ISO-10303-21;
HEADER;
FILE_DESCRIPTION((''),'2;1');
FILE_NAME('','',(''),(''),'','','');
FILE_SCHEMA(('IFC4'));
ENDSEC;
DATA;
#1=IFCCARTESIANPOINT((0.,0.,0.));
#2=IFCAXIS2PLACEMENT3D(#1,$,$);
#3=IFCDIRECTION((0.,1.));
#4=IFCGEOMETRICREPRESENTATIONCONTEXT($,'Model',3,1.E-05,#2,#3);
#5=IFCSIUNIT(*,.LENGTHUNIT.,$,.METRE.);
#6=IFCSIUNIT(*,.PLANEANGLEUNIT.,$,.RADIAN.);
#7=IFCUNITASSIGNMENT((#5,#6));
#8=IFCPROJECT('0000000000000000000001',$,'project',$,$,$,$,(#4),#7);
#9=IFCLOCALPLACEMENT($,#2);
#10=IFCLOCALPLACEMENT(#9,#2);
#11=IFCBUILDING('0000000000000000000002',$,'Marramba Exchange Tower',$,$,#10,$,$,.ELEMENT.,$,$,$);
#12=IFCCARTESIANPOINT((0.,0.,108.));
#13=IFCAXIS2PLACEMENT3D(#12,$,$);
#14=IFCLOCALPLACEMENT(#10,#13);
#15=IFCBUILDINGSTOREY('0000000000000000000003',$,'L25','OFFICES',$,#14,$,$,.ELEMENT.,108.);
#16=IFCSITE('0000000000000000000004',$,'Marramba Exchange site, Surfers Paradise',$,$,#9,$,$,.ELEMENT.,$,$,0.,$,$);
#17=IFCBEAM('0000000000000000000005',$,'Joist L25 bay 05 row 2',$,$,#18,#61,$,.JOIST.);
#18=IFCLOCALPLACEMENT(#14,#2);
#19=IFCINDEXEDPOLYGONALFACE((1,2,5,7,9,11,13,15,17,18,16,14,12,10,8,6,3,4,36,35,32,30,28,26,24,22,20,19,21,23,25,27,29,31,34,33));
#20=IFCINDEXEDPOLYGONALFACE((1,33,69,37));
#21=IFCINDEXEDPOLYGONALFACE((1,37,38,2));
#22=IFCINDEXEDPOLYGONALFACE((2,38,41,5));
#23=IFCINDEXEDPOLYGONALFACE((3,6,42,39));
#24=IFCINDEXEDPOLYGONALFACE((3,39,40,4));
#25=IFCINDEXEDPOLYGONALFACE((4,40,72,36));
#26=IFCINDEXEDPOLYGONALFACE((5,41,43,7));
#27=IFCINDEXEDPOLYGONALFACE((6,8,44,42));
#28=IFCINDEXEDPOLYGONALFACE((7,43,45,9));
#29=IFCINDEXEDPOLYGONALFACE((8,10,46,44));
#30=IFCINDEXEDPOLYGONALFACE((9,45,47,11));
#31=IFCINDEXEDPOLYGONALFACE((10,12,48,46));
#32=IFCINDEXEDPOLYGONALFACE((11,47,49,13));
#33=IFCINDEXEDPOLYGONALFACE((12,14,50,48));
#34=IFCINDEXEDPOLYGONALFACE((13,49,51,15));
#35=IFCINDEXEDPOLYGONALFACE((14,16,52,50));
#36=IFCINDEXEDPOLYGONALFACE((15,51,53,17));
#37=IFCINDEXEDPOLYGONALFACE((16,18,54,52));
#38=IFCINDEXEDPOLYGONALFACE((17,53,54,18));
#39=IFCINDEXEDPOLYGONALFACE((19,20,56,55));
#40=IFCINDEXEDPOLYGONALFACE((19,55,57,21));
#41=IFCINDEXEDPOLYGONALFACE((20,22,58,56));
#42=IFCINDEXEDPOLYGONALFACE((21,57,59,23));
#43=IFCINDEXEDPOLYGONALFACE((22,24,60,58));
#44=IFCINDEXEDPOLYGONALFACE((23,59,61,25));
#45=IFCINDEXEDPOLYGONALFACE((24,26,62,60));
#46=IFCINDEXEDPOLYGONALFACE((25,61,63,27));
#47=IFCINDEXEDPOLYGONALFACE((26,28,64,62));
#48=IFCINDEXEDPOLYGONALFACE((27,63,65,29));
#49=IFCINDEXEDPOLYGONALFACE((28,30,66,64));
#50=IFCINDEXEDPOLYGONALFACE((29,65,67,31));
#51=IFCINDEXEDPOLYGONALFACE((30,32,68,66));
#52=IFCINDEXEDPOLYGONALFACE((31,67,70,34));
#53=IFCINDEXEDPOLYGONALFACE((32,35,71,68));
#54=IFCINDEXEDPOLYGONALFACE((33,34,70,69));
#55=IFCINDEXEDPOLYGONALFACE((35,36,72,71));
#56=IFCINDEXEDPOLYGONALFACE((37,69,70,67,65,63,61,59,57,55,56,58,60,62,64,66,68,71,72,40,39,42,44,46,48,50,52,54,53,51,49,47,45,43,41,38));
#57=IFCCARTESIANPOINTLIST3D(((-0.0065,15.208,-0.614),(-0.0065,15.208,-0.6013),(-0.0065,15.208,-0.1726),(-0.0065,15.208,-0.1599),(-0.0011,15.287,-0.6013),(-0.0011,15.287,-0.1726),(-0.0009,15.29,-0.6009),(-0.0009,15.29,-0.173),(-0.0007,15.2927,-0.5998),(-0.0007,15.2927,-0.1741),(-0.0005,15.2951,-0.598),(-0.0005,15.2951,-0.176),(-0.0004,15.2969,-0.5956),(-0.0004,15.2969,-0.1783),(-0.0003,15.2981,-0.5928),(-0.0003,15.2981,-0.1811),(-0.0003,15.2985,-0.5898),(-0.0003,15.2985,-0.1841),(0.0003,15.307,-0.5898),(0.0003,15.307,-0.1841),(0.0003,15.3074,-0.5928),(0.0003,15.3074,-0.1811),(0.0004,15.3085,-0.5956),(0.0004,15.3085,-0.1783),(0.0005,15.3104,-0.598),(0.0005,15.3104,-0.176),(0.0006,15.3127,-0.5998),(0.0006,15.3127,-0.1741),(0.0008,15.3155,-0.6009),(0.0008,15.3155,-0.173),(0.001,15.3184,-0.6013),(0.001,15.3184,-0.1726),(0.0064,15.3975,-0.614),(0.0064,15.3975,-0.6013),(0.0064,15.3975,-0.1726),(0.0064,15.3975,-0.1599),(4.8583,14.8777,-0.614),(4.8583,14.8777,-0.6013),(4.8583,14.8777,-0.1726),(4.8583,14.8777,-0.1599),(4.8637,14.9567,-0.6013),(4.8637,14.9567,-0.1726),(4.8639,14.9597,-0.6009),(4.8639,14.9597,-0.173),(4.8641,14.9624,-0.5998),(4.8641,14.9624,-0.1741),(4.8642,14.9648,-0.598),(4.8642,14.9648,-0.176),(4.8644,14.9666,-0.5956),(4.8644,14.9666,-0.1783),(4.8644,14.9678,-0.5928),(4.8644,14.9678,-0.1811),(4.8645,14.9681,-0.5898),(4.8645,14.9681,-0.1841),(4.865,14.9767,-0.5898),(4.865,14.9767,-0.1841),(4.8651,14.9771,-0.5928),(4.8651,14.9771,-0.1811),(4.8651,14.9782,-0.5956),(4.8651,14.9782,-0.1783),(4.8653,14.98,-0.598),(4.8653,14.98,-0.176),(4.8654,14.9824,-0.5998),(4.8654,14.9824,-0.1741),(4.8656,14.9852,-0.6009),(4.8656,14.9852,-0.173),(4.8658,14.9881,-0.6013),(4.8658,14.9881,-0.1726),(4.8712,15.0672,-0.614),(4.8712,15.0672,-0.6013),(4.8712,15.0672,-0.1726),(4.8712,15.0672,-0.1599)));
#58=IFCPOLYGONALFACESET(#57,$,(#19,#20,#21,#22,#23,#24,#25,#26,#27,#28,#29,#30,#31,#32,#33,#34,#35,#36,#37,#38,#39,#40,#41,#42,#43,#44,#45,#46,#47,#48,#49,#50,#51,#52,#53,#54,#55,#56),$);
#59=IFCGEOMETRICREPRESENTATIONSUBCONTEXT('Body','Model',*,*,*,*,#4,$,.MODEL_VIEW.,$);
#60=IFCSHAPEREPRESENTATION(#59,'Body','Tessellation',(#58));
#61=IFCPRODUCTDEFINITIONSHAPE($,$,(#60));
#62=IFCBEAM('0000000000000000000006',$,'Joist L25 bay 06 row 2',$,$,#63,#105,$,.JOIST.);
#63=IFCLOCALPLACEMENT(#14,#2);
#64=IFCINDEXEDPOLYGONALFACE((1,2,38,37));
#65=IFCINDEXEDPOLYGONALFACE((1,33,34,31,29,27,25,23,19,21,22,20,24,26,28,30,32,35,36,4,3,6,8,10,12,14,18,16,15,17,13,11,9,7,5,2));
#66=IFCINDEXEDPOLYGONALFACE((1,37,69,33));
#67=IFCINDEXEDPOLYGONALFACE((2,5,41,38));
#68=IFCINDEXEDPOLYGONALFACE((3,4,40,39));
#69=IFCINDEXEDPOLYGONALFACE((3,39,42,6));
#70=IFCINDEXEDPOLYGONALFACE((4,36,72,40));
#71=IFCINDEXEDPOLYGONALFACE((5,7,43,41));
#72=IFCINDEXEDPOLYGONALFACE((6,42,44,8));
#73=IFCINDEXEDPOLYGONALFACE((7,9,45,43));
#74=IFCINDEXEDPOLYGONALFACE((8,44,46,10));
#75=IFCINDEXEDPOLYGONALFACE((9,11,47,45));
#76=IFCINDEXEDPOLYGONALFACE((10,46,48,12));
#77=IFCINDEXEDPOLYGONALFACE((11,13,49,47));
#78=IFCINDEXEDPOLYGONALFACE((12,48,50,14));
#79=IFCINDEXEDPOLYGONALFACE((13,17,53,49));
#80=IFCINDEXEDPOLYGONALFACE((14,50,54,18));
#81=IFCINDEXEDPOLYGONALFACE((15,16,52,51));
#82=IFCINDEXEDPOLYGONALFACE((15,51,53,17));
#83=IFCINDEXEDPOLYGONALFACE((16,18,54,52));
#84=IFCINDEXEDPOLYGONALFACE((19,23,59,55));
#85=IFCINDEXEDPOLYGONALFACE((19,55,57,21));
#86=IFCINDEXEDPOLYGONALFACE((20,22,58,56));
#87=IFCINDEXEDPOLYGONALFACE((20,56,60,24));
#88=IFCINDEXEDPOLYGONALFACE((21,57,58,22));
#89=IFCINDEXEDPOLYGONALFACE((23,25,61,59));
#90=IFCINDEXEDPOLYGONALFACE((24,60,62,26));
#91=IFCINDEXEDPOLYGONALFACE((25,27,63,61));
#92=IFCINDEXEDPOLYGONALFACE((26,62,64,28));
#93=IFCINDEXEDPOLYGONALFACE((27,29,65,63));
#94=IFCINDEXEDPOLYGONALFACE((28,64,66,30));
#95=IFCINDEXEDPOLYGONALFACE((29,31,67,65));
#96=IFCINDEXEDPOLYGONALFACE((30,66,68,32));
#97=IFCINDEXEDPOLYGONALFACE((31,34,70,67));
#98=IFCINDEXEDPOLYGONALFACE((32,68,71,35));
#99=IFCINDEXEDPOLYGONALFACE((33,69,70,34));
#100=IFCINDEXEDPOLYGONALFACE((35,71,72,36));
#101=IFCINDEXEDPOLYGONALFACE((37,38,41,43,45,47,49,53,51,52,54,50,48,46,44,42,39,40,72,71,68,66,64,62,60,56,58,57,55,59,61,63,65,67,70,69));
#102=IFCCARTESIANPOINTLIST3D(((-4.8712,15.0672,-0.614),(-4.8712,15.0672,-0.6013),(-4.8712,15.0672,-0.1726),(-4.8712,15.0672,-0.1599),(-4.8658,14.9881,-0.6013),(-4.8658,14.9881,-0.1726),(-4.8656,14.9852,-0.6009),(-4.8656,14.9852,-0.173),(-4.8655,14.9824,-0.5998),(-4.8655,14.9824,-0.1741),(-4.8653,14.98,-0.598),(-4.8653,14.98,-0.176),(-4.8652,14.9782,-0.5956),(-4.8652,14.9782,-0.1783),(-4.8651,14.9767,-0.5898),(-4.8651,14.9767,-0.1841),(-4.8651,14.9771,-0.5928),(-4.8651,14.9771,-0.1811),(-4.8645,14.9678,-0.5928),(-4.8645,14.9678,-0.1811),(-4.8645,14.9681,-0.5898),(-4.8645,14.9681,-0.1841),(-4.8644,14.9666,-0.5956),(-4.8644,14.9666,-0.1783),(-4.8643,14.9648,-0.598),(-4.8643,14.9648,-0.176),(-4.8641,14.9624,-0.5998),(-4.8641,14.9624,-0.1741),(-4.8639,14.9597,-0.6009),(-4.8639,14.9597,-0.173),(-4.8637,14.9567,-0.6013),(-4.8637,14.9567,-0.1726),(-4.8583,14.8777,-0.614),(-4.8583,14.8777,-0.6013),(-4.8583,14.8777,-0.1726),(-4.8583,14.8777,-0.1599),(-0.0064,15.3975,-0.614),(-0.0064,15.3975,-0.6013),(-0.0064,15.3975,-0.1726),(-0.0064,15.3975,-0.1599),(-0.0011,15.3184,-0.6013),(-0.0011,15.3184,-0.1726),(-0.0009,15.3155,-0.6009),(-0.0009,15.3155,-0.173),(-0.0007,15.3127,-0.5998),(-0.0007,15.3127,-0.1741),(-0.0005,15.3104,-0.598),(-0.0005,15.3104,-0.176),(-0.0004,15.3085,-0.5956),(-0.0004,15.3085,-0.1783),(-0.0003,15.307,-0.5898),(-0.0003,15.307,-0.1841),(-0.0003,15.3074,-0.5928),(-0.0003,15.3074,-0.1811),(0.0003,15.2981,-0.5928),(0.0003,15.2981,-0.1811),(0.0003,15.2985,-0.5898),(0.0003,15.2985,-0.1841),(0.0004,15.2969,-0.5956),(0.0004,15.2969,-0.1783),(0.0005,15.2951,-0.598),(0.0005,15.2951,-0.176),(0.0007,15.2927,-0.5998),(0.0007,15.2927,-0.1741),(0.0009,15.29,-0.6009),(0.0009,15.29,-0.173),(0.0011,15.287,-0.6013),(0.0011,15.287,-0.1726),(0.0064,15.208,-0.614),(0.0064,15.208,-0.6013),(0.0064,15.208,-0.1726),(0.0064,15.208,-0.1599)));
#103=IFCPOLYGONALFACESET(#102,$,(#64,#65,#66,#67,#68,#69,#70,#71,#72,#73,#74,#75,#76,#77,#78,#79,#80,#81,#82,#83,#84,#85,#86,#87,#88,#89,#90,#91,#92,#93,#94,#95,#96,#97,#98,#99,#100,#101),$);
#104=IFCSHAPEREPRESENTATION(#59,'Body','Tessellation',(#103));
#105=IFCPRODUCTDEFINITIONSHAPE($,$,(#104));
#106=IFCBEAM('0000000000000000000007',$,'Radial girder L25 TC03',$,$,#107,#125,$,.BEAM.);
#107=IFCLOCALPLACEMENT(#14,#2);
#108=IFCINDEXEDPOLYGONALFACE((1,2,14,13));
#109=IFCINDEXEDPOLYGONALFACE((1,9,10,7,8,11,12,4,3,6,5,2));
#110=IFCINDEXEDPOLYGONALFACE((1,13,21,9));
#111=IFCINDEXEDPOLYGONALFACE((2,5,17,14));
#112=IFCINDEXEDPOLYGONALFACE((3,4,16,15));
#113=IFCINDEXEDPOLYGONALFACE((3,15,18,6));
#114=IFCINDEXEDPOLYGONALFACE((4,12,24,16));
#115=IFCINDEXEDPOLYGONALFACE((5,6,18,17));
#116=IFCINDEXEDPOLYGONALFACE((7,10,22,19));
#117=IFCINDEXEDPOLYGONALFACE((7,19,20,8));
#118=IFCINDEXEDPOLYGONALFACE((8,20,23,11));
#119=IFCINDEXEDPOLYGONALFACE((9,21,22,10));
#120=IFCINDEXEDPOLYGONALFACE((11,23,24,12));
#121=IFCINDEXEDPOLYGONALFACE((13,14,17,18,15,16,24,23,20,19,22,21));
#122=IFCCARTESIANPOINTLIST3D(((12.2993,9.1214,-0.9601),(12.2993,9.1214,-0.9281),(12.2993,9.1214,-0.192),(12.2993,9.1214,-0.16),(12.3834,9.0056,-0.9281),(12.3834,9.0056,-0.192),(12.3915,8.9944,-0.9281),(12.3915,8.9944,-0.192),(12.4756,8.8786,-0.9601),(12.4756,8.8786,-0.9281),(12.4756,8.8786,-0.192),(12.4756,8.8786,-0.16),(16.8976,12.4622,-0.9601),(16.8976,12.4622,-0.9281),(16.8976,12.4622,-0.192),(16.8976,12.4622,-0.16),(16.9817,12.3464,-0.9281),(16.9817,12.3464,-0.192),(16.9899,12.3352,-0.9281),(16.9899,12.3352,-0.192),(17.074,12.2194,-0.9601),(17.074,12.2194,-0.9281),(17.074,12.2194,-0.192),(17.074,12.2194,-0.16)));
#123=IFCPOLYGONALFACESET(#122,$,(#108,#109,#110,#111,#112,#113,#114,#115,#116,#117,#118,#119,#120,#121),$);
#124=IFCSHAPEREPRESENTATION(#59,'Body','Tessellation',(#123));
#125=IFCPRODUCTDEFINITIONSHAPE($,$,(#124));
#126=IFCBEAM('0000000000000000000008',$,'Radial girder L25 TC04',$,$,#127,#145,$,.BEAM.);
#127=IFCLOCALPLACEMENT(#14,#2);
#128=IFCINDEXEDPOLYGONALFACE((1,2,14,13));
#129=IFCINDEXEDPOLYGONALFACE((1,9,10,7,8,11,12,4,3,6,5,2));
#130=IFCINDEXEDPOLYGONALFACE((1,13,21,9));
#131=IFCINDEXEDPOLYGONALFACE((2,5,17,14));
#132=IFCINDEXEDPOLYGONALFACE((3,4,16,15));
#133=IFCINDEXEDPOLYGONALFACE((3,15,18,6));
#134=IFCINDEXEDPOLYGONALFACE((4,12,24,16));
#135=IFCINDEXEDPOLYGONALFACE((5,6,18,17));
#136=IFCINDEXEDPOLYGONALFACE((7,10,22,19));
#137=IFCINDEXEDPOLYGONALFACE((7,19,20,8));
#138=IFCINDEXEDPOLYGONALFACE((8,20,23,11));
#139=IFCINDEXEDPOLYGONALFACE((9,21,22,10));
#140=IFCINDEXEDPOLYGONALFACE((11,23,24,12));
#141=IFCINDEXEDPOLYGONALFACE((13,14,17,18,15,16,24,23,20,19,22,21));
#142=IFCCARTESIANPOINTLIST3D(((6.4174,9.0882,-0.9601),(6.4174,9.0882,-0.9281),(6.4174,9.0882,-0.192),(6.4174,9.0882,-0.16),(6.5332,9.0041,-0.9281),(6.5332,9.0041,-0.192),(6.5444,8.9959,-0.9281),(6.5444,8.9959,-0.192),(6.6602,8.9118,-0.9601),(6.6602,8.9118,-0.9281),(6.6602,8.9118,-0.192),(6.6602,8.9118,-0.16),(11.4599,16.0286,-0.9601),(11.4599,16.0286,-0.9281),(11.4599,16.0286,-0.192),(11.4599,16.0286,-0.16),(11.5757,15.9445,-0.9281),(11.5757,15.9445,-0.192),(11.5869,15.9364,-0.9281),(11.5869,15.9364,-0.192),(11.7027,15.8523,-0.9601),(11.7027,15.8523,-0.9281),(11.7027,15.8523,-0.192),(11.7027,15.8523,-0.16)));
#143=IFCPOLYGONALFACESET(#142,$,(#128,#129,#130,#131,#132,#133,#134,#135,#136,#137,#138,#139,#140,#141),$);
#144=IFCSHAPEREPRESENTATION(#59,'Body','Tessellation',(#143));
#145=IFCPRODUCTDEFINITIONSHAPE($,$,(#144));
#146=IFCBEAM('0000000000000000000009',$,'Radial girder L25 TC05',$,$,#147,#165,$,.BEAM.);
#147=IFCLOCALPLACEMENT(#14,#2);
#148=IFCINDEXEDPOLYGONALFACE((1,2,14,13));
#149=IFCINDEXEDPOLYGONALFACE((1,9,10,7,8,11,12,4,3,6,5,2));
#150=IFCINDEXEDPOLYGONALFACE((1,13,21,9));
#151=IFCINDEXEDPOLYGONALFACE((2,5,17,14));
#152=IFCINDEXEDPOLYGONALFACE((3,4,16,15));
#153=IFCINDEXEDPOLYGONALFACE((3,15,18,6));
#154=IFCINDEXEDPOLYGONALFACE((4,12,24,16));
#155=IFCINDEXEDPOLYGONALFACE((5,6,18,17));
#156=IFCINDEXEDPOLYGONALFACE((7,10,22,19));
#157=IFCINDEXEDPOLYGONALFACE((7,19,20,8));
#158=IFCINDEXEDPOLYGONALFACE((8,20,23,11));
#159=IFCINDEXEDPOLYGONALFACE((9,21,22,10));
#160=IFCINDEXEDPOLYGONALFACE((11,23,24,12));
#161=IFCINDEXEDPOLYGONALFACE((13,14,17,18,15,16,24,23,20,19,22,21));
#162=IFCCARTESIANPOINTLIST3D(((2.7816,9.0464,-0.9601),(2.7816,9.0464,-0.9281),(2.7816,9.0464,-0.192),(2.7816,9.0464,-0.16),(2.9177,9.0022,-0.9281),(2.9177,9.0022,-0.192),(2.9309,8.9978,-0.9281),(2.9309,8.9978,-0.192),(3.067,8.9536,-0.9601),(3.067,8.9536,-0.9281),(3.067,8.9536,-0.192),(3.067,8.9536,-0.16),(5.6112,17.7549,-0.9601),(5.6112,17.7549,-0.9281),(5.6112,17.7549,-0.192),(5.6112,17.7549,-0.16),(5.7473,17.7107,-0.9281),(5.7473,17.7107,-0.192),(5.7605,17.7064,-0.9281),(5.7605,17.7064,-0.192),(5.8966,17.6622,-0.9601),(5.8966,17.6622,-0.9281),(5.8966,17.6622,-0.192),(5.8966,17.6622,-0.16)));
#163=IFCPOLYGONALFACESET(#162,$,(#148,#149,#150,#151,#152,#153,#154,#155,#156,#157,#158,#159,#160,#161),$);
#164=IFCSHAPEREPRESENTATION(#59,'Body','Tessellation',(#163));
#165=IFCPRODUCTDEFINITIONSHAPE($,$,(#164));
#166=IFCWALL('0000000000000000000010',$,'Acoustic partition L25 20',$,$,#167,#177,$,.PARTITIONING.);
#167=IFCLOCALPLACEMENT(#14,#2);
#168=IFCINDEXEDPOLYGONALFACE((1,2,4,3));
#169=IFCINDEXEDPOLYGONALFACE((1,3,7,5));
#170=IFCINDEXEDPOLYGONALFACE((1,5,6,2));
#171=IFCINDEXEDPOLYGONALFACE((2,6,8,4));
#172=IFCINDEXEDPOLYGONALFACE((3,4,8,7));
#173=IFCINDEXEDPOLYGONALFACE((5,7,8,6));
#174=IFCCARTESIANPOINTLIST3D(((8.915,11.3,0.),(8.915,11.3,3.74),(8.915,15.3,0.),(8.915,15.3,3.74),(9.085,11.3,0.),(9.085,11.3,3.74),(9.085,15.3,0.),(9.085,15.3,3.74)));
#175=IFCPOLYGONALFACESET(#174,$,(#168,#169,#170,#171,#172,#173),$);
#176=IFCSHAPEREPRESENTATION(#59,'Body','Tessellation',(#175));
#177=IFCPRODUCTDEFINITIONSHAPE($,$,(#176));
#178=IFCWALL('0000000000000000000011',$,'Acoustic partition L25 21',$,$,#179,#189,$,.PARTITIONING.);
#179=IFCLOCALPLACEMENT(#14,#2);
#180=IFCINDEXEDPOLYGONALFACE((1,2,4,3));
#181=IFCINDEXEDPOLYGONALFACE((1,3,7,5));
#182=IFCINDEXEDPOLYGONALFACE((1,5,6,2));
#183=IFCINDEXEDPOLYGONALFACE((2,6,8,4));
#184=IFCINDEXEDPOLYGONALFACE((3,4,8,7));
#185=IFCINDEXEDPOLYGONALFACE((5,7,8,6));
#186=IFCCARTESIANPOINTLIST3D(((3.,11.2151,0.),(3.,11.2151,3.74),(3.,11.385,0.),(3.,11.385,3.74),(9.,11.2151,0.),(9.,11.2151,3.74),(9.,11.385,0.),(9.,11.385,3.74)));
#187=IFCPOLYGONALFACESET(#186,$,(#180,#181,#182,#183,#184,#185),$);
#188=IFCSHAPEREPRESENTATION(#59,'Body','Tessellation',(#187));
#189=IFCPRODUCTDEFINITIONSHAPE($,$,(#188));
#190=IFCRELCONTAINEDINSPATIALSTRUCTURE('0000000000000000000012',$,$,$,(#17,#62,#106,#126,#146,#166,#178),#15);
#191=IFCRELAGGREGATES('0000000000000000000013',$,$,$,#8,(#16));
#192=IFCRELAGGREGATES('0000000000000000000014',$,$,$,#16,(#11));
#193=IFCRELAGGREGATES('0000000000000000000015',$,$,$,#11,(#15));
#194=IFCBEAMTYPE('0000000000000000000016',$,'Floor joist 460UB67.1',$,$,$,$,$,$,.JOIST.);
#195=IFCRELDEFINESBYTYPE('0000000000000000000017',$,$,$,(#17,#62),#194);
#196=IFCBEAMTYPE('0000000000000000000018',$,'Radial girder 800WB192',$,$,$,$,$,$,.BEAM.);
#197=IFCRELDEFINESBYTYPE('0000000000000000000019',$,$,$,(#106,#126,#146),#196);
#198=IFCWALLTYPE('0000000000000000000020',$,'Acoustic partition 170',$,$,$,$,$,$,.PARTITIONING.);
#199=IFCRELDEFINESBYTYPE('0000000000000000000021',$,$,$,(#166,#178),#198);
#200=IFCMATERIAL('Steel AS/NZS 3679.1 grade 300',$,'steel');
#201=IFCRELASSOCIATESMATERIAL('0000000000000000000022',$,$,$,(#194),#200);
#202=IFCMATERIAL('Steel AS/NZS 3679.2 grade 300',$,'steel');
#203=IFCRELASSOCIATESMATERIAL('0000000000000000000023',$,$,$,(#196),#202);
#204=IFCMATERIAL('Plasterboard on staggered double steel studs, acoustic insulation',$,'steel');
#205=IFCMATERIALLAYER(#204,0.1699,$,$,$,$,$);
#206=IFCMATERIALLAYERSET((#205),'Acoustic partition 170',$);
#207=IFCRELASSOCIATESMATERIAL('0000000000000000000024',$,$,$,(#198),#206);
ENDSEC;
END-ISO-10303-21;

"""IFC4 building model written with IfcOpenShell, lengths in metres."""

from ifc_helpers import new_model, si_unit, direction, frame, frame_2d, origin, origin_2d, place, context, subcontext, project, spatial, rectangle, i_section, extrude, material, layer, layer_set, material_profile, profile_set, type_object, element, save


model = new_model("IFC4")

# Units and contexts
model_context = context("Model", 3, precision=1e-05, world=origin(), true_north=direction((0.0, 1.0)))
body_context = subcontext(model_context, "Body", "Model", "MODEL_VIEW")
ifc_project = project(units=[si_unit("LENGTHUNIT", "METRE"), si_unit("PLANEANGLEUNIT", "RADIAN")], contexts=[model_context])

# Site, building, storey
site_placement = place(None, origin())
site = spatial("IfcSite", under=ifc_project, at=site_placement, Name="Marramba Exchange site, Surfers Paradise", CompositionType="ELEMENT", RefElevation=0.0)
building_placement = place(site_placement, origin())
building = spatial("IfcBuilding", under=site, at=building_placement, Name="Marramba Exchange Tower", CompositionType="ELEMENT")
storey_placement = place(building_placement, frame((0.0, 0.0, 108.0)))
storey = spatial("IfcBuildingStorey", under=building, at=storey_placement, Name="L25", Description="OFFICES", CompositionType="ELEMENT", Elevation=108.0)

# Beams
ifc_material_1 = material(Name="Steel AS/NZS 3679.1 grade 300", Category="steel")
ifc_material_profile_1 = material_profile(ifc_material_1, i_section(OverallWidth=0.1899, OverallDepth=0.4541, WebThickness=0.0085, FlangeThickness=0.0127, FilletRadius=0.0115, at=origin_2d()), Name="460UB67.1")
ifc_profile_set_1 = profile_set([ifc_material_profile_1], Name="Steel AS/NZS 3679.1 grade 300")
beam_type_1 = type_object("IfcBeamType", Name="Floor joist 460UB67.1", PredefinedType="JOIST", material=ifc_profile_set_1)
for number, where, z_axis, x_axis, name in (
    (1, (4.8647, 14.9724, -0.387), (-0.997703, 0.067745, 0.0), (-0.067745, -0.997703, 0.0), "Joist L25 bay 05 row 2"),
    (2, (0.0, 15.3027, -0.387), (-0.997703, -0.067745, 0.0), (0.067745, -0.997703, 0.0), "Joist L25 bay 06 row 2"),
):
    element("IfcBeam", number, at=place(storey_placement, frame(where, z_axis=z_axis, x_axis=x_axis)), inside=storey, type_object=beam_type_1, Name=name, PredefinedType="JOIST", context=body_context, shape_type="SweptSolid", body=[
        extrude(i_section(OverallWidth=0.1899, OverallDepth=0.4541, WebThickness=0.0085, FlangeThickness=0.0127, FilletRadius=0.0115, at=origin_2d()), origin(), (0.0, 0.0, 1.0), 4.876),
    ])
ifc_material_2 = material(Name="Steel AS/NZS 3679.2 grade 300", Category="steel")
ifc_material_profile_2 = material_profile(ifc_material_2, i_section(OverallWidth=0.3, OverallDepth=0.8, WebThickness=0.0139, FlangeThickness=0.032, at=origin_2d()), Name="800WB192")
ifc_profile_set_2 = profile_set([ifc_material_profile_2], Name="Steel AS/NZS 3679.2 grade 300")
beam_type_2 = type_object("IfcBeamType", Name="Radial girder 800WB192", PredefinedType="BEAM", material=ifc_profile_set_2)
beam_1_placement = place(storey_placement, frame((12.3875, 9.0, -0.5601), z_axis=(0.809026, 0.587773, 0.0), x_axis=(-0.587773, 0.809026, 0.0)))
element("IfcBeam", 3, at=beam_1_placement, inside=storey, type_object=beam_type_2, Name="Radial girder L25 TC03", PredefinedType="BEAM", context=body_context, shape_type="SweptSolid", body=[
    extrude(i_section(OverallWidth=0.3, OverallDepth=0.8, WebThickness=0.0139, FlangeThickness=0.032, at=origin_2d()), origin(), (0.0, 0.0, 1.0), 5.6838),
])
beam_2_placement = place(storey_placement, frame((6.5388, 9.0, -0.5601), z_axis=(0.587782, 0.809019, 0.0), x_axis=(-0.809019, 0.587782, 0.0)))
element("IfcBeam", 4, at=beam_2_placement, inside=storey, type_object=beam_type_2, Name="Radial girder L25 TC04", PredefinedType="BEAM", context=body_context, shape_type="SweptSolid", body=[
    extrude(i_section(OverallWidth=0.3, OverallDepth=0.8, WebThickness=0.0139, FlangeThickness=0.032, at=origin_2d()), origin(), (0.0, 0.0, 1.0), 8.5789),
])
beam_3_placement = place(storey_placement, frame((2.9243, 9.0, -0.5601), z_axis=(0.30902, 0.951056, 0.0), x_axis=(-0.951056, 0.30902, 0.0)))
element("IfcBeam", 5, at=beam_3_placement, inside=storey, type_object=beam_type_2, Name="Radial girder L25 TC05", PredefinedType="BEAM", context=body_context, shape_type="SweptSolid", body=[
    extrude(i_section(OverallWidth=0.3, OverallDepth=0.8, WebThickness=0.0139, FlangeThickness=0.032, at=origin_2d()), origin(), (0.0, 0.0, 1.0), 9.1567),
])

# Walls
ifc_material_3 = material(Name="Plasterboard on staggered double steel studs, acoustic insulation", Category="steel")
ifc_layer_1 = layer(ifc_material_3, 0.1699)
ifc_layer_set_1 = layer_set([ifc_layer_1], Name="Acoustic partition 170")
wall_type_1 = type_object("IfcWallType", Name="Acoustic partition 170", PredefinedType="PARTITIONING", material=ifc_layer_set_1)
wall_1_placement = place(storey_placement, frame((9.0, 11.3, 0.0), z_axis=(0.0, 0.0, 1.0), x_axis=(0.0, 1.0, 0.0)))
element("IfcWall", 6, at=wall_1_placement, inside=storey, type_object=wall_type_1, Name="Acoustic partition L25 20", PredefinedType="PARTITIONING", context=body_context, shape_type="SweptSolid", body=[
    extrude(rectangle(XDim=4.0, YDim=0.1699, at=frame_2d((2.0, 0.0))), origin(), (0.0, 0.0, 1.0), 3.74),
])
wall_2_placement = place(storey_placement, frame((3.0, 11.3, 0.0), z_axis=(0.0, 0.0, 1.0), x_axis=(1.0, 0.0, 0.0)))
element("IfcWall", 7, at=wall_2_placement, inside=storey, type_object=wall_type_1, Name="Acoustic partition L25 21", PredefinedType="PARTITIONING", context=body_context, shape_type="SweptSolid", body=[
    extrude(rectangle(XDim=6.0, YDim=0.1699, at=frame_2d((3.0, 0.0))), origin(), (0.0, 0.0, 1.0), 3.74),
])

save(model, "model.ifc")
